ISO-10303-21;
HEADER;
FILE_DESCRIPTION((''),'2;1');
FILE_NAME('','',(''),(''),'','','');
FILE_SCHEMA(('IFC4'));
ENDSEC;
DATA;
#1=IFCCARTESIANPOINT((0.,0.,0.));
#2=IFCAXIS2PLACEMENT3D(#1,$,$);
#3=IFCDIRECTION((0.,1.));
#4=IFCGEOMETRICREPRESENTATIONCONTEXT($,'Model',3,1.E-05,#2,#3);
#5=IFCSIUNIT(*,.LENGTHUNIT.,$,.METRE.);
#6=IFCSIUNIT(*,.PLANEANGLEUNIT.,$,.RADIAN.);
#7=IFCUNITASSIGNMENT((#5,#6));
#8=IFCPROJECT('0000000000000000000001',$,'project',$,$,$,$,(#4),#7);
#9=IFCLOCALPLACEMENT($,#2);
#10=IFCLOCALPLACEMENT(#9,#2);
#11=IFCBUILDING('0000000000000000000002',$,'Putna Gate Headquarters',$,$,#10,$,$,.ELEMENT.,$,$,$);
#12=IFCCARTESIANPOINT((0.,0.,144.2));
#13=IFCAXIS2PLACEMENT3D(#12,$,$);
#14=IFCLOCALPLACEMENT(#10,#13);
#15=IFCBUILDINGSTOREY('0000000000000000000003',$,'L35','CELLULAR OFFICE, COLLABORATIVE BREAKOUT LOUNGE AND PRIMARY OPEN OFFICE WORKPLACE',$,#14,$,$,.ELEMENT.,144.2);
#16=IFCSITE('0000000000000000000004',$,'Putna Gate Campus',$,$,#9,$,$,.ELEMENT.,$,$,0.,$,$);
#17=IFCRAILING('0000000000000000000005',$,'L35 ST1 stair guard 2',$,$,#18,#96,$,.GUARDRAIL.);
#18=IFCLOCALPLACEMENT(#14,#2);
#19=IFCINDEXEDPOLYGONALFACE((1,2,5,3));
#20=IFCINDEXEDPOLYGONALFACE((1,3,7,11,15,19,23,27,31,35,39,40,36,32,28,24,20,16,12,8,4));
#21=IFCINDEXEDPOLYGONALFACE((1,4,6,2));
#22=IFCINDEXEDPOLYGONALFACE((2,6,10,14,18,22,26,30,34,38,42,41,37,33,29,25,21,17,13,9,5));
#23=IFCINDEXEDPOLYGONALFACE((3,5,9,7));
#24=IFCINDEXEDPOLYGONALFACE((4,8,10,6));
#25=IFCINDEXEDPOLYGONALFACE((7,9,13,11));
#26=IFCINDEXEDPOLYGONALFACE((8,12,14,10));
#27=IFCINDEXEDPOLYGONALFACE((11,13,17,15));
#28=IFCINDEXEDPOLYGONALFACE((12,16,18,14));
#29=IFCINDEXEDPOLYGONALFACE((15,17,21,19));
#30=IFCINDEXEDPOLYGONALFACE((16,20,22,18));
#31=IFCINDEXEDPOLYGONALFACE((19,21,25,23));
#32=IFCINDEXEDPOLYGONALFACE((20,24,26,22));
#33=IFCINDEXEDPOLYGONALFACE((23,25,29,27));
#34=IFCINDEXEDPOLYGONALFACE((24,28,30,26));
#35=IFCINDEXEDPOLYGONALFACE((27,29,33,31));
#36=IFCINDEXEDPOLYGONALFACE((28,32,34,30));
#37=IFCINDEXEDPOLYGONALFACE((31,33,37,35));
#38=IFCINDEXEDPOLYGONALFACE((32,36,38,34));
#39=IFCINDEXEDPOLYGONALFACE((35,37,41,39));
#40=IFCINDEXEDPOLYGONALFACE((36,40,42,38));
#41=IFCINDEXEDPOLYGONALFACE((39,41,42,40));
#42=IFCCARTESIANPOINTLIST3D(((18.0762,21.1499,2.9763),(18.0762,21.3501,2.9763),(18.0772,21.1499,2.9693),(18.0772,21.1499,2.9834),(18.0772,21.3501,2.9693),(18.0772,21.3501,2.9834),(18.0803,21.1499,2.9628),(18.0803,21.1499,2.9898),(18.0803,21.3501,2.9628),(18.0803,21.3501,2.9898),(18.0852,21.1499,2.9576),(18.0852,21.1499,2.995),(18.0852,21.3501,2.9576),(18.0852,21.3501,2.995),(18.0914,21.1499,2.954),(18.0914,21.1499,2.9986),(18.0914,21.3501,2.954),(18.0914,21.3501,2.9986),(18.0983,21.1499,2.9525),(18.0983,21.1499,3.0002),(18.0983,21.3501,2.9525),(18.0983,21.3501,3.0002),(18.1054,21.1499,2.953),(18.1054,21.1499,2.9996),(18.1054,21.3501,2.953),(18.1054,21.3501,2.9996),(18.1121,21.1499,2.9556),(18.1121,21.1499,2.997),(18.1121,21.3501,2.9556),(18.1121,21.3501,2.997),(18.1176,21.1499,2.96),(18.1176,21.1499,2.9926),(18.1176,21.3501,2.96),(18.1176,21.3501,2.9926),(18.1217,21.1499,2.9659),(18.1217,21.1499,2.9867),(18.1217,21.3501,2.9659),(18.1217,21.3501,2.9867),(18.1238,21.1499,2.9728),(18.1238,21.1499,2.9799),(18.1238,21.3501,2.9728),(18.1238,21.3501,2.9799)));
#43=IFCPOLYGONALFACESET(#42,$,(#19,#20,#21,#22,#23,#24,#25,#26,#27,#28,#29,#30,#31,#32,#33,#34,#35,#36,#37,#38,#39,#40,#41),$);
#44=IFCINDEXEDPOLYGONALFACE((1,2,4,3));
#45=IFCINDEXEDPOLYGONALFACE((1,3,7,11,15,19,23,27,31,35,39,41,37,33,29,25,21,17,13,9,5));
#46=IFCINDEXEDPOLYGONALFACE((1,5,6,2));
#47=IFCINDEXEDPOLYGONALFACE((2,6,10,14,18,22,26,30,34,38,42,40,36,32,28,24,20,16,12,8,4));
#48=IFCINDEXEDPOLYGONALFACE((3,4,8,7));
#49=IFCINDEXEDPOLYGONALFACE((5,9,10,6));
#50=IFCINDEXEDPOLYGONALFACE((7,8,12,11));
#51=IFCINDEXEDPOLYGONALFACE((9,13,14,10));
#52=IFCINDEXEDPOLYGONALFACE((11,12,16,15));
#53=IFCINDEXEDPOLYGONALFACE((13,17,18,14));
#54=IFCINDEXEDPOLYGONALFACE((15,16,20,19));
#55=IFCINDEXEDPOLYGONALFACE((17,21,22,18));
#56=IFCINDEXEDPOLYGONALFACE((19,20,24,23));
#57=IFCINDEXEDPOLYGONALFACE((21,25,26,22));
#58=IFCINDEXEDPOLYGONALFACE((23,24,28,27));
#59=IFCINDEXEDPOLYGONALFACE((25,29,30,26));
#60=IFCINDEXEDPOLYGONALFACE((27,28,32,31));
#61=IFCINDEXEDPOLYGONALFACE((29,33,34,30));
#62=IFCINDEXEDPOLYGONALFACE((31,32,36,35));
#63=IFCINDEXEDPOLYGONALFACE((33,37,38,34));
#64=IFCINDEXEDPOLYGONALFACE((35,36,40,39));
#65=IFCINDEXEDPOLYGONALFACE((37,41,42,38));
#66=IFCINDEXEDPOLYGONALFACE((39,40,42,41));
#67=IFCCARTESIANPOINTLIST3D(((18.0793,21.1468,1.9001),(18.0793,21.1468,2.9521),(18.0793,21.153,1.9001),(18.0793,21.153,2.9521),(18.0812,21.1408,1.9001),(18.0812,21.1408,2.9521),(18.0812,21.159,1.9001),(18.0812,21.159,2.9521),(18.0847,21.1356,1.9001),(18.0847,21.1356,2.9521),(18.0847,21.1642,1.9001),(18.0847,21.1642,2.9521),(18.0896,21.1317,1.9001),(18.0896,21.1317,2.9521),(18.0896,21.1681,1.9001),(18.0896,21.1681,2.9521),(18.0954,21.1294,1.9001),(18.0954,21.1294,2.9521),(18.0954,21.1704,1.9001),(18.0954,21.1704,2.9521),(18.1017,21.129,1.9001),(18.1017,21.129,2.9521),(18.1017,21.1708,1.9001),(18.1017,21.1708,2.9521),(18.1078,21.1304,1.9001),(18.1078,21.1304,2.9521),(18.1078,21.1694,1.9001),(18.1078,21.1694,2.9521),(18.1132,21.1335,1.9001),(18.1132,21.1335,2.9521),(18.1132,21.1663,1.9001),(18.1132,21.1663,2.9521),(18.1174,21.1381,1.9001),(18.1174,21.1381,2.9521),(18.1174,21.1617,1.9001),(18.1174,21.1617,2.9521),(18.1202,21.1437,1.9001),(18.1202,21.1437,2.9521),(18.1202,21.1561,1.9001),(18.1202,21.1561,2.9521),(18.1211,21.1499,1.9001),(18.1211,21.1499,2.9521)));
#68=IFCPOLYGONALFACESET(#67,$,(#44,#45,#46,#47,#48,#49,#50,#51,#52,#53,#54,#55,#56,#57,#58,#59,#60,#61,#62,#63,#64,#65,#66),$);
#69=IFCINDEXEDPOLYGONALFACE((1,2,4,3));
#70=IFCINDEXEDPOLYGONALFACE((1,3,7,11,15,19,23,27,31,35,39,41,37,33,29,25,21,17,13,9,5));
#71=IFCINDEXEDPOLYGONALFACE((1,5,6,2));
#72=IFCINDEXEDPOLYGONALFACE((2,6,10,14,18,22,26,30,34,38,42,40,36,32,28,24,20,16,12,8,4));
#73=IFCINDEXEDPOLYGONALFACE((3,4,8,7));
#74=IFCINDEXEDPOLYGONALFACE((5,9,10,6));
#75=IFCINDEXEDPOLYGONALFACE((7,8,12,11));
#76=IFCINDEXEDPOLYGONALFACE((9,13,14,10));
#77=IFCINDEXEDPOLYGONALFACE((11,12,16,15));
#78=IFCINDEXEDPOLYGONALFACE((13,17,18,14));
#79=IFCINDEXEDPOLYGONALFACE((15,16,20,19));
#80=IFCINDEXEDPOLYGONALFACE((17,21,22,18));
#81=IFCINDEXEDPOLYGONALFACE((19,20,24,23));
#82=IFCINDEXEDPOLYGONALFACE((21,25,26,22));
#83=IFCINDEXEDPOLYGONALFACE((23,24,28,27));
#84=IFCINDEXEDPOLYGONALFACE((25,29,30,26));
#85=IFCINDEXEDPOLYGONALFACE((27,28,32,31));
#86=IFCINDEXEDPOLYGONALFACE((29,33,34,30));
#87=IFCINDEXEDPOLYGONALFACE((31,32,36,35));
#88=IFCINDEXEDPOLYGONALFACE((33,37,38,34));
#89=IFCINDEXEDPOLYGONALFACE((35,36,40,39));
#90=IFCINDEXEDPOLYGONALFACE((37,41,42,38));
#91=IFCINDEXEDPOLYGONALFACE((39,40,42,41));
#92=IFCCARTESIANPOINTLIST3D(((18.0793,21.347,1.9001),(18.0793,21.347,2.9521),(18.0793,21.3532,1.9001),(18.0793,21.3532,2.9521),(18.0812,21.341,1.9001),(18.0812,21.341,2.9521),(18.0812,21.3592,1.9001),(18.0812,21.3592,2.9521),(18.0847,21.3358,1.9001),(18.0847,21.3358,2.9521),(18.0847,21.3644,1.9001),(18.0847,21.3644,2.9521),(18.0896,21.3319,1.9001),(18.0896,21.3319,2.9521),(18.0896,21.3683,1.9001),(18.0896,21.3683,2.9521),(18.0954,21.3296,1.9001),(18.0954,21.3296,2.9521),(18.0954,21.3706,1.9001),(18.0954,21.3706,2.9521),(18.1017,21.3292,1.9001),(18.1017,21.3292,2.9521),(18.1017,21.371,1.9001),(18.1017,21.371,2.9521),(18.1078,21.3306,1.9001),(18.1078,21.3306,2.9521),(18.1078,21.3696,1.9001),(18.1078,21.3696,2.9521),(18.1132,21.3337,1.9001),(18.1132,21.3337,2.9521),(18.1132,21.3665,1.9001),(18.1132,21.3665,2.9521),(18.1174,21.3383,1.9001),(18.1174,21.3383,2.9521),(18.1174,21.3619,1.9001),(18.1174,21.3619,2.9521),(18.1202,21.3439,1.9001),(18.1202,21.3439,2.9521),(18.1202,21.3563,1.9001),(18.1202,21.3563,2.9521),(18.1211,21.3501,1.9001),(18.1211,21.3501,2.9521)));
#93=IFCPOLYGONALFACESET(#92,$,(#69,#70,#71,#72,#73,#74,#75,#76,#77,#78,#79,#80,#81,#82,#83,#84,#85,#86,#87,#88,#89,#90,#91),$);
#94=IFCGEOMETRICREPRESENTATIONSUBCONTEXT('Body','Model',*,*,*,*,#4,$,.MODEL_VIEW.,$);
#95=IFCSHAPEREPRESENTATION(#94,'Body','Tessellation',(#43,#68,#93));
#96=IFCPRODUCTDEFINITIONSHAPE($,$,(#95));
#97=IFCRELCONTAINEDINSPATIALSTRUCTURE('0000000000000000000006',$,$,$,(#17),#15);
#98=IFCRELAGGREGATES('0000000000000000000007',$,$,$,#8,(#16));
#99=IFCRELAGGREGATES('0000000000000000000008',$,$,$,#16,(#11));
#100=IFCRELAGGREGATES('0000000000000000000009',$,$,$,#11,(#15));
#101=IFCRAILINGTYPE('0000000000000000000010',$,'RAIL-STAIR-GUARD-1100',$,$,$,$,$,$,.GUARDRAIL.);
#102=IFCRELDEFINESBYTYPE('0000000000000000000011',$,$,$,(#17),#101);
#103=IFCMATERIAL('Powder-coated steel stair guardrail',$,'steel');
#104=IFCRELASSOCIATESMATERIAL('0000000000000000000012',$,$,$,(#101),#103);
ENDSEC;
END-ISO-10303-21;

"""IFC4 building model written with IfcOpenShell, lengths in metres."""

from ifc_helpers import new_model, si_unit, direction, frame, origin, origin_2d, place, context, subcontext, project, spatial, circle, extrude, material, type_object, element, save


model = new_model("IFC4")

# Units and contexts
model_context = context("Model", 3, precision=1e-05, world=origin(), true_north=direction((0.0, 1.0)))
body_context = subcontext(model_context, "Body", "Model", "MODEL_VIEW")
ifc_project = project(units=[si_unit("LENGTHUNIT", "METRE"), si_unit("PLANEANGLEUNIT", "RADIAN")], contexts=[model_context])

# Site, building, storey
site_placement = place(None, origin())
site = spatial("IfcSite", under=ifc_project, at=site_placement, Name="Putna Gate Campus", CompositionType="ELEMENT", RefElevation=0.0)
building_placement = place(site_placement, origin())
building = spatial("IfcBuilding", under=site, at=building_placement, Name="Putna Gate Headquarters", CompositionType="ELEMENT")
storey_placement = place(building_placement, frame((0.0, 0.0, 144.2)))
storey = spatial("IfcBuildingStorey", under=building, at=storey_placement, Name="L35", Description="CELLULAR OFFICE, COLLABORATIVE BREAKOUT LOUNGE AND PRIMARY OPEN OFFICE WORKPLACE", CompositionType="ELEMENT", Elevation=144.2)

# Railing
ifc_material_1 = material(Name="Powder-coated steel stair guardrail", Category="steel")
railing_type = type_object("IfcRailingType", Name="RAIL-STAIR-GUARD-1100", PredefinedType="GUARDRAIL", material=ifc_material_1)
railing_1_placement = place(storey_placement, frame((18.1001, 21.1499, 1.9001)))
element("IfcRailing", 1, at=railing_1_placement, inside=storey, type_object=railing_type, Name="L35 ST1 stair guard 2", PredefinedType="GUARDRAIL", context=body_context, shape_type="SweptSolid", body=[
    extrude(circle(Radius=0.0239, at=origin_2d()), frame((0.0, 0.0, 1.0762), z_axis=(0.0, 1.0, 0.0), x_axis=(-1.0, 0.0, 0.0)), (0.0, 0.0, 1.0), 0.2002),
    extrude(circle(Radius=0.021, at=origin_2d()), origin(), (0.0, 0.0, 1.0), 1.052),
    extrude(circle(Radius=0.021, at=origin_2d()), frame((0.0, 0.2002, 0.0)), (0.0, 0.0, 1.0), 1.052),
])

save(model, "model.ifc")
